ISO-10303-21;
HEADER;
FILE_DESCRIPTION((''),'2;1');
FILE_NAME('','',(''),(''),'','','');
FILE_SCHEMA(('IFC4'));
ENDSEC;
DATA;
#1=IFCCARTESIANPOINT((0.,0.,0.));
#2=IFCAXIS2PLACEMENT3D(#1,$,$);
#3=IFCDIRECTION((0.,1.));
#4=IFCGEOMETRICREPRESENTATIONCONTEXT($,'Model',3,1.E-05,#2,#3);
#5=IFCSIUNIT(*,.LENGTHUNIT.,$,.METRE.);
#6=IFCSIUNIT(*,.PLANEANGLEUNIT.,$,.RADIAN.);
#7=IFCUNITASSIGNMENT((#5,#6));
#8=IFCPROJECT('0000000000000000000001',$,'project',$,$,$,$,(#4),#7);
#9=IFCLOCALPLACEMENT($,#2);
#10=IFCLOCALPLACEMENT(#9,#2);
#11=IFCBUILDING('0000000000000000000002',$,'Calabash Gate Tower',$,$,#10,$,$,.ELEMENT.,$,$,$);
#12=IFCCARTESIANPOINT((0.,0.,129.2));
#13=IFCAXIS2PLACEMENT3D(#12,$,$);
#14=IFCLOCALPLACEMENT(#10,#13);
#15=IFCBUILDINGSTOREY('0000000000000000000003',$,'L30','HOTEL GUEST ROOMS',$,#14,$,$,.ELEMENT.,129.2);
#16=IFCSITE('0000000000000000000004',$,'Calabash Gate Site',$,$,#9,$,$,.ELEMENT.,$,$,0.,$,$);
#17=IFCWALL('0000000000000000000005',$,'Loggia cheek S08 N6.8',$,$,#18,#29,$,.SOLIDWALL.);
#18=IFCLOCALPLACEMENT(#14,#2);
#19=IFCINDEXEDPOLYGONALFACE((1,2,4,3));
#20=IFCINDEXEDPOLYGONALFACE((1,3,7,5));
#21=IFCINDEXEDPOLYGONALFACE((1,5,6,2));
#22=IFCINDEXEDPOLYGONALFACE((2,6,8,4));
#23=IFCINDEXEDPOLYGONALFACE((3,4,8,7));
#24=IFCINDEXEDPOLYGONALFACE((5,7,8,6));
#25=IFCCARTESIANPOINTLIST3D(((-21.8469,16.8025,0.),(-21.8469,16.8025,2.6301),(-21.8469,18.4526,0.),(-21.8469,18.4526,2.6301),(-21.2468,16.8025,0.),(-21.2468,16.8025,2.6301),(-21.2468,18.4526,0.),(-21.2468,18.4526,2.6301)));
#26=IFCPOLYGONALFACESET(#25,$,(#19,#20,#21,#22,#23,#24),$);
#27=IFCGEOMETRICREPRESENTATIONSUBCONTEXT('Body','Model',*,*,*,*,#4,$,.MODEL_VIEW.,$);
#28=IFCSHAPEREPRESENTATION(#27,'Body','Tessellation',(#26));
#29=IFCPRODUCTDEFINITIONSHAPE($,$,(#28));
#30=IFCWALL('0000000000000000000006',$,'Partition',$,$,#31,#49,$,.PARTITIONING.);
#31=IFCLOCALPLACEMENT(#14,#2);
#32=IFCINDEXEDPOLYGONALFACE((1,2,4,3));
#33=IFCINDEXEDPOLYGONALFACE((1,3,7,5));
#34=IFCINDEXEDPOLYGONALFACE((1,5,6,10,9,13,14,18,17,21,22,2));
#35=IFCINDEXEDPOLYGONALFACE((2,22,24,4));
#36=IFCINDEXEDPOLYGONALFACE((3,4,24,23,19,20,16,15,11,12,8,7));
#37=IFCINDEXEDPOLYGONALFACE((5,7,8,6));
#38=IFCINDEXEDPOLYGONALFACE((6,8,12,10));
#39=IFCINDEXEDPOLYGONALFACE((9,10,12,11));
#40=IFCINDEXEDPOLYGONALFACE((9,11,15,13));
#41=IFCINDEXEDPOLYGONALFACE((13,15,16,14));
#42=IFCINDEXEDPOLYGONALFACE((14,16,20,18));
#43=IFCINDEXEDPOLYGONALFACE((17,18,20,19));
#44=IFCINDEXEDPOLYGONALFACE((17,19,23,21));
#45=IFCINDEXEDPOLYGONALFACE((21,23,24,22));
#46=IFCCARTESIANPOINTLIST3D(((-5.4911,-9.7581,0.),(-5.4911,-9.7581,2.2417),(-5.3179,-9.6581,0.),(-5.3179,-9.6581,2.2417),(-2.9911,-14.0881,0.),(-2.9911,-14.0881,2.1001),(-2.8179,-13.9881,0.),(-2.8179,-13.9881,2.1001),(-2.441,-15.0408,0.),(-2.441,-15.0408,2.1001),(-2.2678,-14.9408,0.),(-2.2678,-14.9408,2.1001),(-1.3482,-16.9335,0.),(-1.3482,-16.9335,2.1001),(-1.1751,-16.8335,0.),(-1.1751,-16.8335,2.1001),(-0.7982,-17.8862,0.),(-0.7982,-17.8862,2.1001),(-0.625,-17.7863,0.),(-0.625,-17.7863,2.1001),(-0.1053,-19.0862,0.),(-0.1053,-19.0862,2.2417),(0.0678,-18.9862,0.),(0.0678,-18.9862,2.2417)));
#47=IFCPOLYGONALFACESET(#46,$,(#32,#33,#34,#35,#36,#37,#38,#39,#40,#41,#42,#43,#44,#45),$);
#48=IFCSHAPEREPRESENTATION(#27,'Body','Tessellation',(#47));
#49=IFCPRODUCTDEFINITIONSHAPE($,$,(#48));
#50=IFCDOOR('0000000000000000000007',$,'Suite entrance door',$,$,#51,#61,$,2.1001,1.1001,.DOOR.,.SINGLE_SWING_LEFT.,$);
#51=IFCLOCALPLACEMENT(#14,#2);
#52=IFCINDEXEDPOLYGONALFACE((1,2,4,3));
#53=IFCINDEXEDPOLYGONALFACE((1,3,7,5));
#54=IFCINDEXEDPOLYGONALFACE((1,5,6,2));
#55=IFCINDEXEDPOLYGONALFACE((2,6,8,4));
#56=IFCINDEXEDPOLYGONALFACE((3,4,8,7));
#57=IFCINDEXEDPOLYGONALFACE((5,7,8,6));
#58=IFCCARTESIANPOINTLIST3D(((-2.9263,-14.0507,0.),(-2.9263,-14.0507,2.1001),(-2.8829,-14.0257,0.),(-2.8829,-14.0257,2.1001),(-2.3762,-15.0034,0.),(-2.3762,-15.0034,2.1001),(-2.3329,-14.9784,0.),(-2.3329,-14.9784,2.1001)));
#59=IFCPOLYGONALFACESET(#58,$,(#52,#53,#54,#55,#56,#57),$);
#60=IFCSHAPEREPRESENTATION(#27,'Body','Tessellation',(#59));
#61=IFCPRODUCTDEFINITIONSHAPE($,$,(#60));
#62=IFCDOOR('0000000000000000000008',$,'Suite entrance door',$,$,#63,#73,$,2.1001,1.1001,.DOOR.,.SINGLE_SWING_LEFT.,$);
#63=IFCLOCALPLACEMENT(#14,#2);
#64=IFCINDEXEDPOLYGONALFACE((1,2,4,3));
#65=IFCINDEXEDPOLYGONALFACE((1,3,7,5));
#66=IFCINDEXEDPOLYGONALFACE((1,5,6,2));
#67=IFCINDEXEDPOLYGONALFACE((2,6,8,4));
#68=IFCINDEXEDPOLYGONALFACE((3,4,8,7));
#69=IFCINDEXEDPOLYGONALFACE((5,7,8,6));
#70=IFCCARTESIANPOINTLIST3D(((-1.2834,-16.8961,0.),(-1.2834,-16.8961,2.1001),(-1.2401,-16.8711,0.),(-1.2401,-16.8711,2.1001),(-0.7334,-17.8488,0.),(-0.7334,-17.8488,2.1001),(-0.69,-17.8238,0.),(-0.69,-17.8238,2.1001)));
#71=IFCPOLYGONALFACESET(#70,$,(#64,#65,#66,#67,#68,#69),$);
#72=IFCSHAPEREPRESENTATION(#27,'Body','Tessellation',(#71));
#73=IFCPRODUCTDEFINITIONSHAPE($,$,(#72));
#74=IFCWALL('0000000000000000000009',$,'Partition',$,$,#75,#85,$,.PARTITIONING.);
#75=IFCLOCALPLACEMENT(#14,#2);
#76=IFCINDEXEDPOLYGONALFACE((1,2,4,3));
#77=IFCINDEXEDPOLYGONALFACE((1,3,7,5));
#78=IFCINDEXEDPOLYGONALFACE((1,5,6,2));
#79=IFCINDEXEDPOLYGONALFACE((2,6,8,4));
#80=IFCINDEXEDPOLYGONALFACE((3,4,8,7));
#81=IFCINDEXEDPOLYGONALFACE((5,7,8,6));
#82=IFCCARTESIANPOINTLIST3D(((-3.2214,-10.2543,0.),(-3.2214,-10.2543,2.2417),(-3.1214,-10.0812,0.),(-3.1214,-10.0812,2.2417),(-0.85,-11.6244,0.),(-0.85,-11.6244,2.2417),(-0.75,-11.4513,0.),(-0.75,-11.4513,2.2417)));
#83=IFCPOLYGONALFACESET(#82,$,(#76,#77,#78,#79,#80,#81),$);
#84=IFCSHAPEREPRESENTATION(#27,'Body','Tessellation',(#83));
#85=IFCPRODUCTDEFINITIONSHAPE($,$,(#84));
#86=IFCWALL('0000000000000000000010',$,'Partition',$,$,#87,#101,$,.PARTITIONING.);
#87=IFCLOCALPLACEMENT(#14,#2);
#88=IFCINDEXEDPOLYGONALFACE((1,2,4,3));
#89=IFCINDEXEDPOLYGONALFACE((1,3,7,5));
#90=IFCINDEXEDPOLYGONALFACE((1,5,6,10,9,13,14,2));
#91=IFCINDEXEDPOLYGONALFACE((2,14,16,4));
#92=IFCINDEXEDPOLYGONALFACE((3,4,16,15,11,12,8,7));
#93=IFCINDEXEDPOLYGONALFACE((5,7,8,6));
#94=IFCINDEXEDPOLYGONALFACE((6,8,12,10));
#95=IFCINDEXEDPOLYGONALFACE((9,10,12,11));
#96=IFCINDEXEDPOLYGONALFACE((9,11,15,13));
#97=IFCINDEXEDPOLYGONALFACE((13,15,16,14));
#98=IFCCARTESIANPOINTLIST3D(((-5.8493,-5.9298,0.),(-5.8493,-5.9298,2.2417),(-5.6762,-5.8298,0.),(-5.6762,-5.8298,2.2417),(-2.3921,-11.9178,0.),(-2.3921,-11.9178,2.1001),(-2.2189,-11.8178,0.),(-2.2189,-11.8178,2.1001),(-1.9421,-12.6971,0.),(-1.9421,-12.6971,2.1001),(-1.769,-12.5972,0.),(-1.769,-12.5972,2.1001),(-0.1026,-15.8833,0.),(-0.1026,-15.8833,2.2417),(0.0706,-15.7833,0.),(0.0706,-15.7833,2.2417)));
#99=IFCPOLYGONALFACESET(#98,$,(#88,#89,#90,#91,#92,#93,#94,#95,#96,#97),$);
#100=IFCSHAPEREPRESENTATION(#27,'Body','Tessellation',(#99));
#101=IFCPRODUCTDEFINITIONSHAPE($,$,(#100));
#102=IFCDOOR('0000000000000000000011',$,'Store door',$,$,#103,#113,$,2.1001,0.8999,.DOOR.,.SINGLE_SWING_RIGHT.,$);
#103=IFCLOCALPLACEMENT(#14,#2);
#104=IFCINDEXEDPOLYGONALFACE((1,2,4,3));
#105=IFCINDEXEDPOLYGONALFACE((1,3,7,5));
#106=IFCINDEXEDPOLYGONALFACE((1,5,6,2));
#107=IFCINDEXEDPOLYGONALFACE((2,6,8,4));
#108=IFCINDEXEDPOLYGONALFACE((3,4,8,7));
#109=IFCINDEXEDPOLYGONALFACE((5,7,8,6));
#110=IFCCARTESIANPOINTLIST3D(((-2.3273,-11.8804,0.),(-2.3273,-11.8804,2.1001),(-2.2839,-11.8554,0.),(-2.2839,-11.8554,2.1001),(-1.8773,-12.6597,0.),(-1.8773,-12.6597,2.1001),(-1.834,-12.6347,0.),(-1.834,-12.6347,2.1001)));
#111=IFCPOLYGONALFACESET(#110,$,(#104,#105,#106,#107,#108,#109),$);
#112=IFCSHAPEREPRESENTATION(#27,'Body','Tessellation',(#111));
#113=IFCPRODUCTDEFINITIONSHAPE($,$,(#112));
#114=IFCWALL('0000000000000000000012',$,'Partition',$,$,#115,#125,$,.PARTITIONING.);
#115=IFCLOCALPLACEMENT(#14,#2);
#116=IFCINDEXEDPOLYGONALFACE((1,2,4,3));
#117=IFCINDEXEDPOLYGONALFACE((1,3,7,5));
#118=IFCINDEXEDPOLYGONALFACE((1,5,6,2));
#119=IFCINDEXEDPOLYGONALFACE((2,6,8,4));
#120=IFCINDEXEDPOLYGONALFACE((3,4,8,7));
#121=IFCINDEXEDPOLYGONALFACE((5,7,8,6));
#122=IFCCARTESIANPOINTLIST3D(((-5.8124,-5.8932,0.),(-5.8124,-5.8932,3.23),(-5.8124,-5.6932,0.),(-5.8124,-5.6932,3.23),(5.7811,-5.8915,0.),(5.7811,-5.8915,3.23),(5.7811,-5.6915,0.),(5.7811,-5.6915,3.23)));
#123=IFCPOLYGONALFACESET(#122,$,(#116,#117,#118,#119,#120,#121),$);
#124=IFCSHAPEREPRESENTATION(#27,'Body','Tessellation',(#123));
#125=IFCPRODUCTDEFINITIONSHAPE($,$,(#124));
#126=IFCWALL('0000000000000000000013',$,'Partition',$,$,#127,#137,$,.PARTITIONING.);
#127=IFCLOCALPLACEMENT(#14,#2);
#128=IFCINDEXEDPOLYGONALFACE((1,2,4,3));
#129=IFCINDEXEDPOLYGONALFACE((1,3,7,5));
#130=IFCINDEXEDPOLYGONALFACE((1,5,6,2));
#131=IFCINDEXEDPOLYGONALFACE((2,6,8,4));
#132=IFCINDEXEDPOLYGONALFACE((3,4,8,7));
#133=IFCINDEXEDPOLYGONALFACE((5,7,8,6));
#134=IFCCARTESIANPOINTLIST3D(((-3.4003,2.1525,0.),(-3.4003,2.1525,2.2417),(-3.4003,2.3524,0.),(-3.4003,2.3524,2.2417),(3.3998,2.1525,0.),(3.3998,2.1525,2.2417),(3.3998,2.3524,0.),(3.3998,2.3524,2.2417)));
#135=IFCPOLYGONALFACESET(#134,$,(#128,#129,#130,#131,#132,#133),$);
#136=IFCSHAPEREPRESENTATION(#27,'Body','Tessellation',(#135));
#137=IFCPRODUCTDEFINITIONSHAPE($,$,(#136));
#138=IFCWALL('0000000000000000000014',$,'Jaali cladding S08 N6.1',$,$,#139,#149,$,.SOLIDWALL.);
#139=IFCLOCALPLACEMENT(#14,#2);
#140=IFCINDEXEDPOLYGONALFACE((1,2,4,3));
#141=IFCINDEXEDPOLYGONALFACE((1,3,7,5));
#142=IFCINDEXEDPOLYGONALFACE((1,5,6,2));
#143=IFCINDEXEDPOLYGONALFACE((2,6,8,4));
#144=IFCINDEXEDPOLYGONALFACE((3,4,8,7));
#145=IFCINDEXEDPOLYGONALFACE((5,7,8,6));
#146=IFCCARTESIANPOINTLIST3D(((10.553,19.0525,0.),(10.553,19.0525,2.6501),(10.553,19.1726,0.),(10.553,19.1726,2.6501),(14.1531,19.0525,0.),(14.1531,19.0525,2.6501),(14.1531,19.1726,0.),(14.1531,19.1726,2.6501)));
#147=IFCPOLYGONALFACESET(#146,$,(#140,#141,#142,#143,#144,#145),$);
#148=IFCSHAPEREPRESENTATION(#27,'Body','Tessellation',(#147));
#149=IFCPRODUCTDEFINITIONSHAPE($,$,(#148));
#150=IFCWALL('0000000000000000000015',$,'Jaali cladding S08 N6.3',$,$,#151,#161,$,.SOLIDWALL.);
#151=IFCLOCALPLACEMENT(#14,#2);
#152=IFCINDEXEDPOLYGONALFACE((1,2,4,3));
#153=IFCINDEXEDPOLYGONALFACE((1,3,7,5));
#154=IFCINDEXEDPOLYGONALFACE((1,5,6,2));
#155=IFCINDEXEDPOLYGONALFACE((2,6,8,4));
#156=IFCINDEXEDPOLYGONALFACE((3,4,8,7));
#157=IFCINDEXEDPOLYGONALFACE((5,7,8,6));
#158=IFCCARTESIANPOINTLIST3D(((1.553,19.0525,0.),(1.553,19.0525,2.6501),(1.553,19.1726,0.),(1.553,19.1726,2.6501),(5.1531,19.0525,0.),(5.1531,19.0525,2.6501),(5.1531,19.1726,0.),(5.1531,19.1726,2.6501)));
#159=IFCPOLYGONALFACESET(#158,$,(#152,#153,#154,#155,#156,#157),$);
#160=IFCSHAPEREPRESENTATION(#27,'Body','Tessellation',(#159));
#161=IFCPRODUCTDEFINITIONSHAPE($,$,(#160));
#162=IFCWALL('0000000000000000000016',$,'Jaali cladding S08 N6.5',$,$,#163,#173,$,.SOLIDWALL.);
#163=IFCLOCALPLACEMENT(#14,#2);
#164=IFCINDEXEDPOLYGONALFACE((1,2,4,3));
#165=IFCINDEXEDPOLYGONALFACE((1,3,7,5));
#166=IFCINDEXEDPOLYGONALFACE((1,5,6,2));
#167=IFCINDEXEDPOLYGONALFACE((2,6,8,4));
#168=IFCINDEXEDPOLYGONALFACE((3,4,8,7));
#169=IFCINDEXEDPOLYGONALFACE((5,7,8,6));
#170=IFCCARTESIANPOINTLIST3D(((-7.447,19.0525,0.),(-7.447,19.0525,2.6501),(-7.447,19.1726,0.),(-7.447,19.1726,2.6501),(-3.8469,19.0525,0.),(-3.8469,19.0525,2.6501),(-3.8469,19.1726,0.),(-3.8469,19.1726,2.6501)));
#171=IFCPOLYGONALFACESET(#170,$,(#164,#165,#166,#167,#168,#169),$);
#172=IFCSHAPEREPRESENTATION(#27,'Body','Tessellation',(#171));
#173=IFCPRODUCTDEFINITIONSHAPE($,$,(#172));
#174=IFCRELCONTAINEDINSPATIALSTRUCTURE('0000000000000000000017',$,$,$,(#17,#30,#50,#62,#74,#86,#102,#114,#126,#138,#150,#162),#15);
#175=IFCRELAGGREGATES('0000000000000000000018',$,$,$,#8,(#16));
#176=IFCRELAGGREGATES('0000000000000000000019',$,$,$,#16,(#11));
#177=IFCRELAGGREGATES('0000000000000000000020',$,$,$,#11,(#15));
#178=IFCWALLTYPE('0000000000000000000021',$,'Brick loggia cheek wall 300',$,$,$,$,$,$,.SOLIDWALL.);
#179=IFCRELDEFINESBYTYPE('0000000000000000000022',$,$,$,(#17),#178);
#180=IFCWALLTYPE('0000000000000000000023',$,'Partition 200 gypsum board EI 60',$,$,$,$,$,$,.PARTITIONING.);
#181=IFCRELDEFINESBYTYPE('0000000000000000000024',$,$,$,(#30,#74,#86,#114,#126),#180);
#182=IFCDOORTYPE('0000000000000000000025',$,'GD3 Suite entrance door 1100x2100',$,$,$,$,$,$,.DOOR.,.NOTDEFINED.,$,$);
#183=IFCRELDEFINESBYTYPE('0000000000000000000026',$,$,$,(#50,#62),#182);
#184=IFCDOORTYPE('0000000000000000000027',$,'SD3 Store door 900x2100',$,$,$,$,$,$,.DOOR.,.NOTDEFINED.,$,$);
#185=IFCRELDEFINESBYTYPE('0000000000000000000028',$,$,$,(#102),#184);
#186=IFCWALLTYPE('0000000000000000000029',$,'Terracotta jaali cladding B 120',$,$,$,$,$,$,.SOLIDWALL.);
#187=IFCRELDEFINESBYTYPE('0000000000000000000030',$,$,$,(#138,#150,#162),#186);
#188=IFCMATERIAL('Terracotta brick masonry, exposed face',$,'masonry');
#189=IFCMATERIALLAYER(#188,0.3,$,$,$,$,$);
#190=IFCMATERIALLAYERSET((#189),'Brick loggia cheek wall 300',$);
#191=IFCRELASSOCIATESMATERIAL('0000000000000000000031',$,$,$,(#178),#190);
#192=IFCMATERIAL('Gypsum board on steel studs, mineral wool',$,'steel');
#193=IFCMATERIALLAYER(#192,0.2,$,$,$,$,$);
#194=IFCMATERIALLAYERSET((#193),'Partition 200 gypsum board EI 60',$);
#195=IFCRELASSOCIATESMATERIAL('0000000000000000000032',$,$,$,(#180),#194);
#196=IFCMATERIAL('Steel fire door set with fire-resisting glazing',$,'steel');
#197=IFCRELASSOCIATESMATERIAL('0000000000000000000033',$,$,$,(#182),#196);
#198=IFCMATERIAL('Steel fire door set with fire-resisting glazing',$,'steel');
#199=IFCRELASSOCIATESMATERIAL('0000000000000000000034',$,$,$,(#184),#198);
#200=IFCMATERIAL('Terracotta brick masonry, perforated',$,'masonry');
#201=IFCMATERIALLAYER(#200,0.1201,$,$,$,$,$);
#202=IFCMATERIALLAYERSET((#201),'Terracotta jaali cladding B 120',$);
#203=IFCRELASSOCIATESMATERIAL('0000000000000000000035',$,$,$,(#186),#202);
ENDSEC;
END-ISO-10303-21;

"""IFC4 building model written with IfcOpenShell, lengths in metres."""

from ifc_helpers import new_model, si_unit, direction, frame, frame_2d, origin, place, context, subcontext, project, spatial, polyline, rectangle, outline, extrude, material, layer, layer_set, type_object, element, fill, save


model = new_model("IFC4")

# Units and contexts
model_context = context("Model", 3, precision=1e-05, world=origin(), true_north=direction((0.0, 1.0)))
body_context = subcontext(model_context, "Body", "Model", "MODEL_VIEW")
ifc_project = project(units=[si_unit("LENGTHUNIT", "METRE"), si_unit("PLANEANGLEUNIT", "RADIAN")], contexts=[model_context])

# Site, building, storey
site_placement = place(None, origin())
site = spatial("IfcSite", under=ifc_project, at=site_placement, Name="Calabash Gate Site", CompositionType="ELEMENT", RefElevation=0.0)
building_placement = place(site_placement, origin())
building = spatial("IfcBuilding", under=site, at=building_placement, Name="Calabash Gate Tower", CompositionType="ELEMENT")
storey_placement = place(building_placement, frame((0.0, 0.0, 129.2)))
storey = spatial("IfcBuildingStorey", under=building, at=storey_placement, Name="L30", Description="HOTEL GUEST ROOMS", CompositionType="ELEMENT", Elevation=129.2)

# Wall
ifc_material_1 = material(Name="Terracotta brick masonry, exposed face", Category="masonry")
ifc_layer_1 = layer(ifc_material_1, 0.3)
ifc_layer_set_1 = layer_set([ifc_layer_1], Name="Brick loggia cheek wall 300")
wall_type_1 = type_object("IfcWallType", Name="Brick loggia cheek wall 300", PredefinedType="SOLIDWALL", material=ifc_layer_set_1)
wall_1_placement = place(storey_placement, origin())
element("IfcWall", 1, at=wall_1_placement, inside=storey, type_object=wall_type_1, Name="Loggia cheek S08 N6.8", PredefinedType="SOLIDWALL", context=body_context, shape_type="SweptSolid", body=[
    extrude(outline(polyline([(-21.8469, 18.4526), (-21.8469, 16.8025), (-21.2468, 16.8025), (-21.2468, 18.4526), (-21.8469, 18.4526)])), origin(), (0.0, 0.0, 1.0), 2.6301),
])

# Wall, openings, doors
ifc_material_2 = material(Name="Gypsum board on steel studs, mineral wool", Category="steel")
ifc_layer_2 = layer(ifc_material_2, 0.2)
ifc_layer_set_2 = layer_set([ifc_layer_2], Name="Partition 200 gypsum board EI 60")
wall_type_2 = type_object("IfcWallType", Name="Partition 200 gypsum board EI 60", PredefinedType="PARTITIONING", material=ifc_layer_set_2)
wall_2_placement = place(storey_placement, frame((-5.4045, -9.708, 0.0), z_axis=(0.0, 0.0, 1.0), x_axis=(0.50001, -0.86602, 0.0)))
wall_2 = element("IfcWall", 2, at=wall_2_placement, inside=storey, type_object=wall_type_2, Name="Partition", PredefinedType="PARTITIONING", context=body_context, shape_type="SweptSolid", body=[
    extrude(rectangle(XDim=10.7712, YDim=0.2, at=frame_2d((5.3857, 0.0))), origin(), (0.0, 0.0, 1.0), 2.2417),
])
opening_1_placement = place(wall_2_placement, frame((5.0, 0.0, 0.0)))
opening_1 = element("IfcOpeningElement", 3, at=opening_1_placement, cuts=wall_2, PredefinedType="OPENING", context=body_context, shape_type="SweptSolid", body=[
    extrude(rectangle(XDim=1.1001, YDim=2.1001, at=frame_2d((0.55, 1.05))), frame((0.0, 0.1099, 0.0), z_axis=(0.0, -1.0, 0.0), x_axis=(1.0, 0.0, 0.0)), (0.0, 0.0, 1.0), 0.22),
])
opening_2_placement = place(wall_2_placement, frame((8.2856, 0.0, 0.0)))
opening_2 = element("IfcOpeningElement", 4, at=opening_2_placement, cuts=wall_2, PredefinedType="OPENING", context=body_context, shape_type="SweptSolid", body=[
    extrude(rectangle(XDim=1.1001, YDim=2.1001, at=frame_2d((0.55, 1.05))), frame((0.0, 0.1099, 0.0), z_axis=(0.0, -1.0, 0.0), x_axis=(1.0, 0.0, 0.0)), (0.0, 0.0, 1.0), 0.22),
])
ifc_material_3 = material(Name="Steel fire door set with fire-resisting glazing", Category="steel")
door_type_1 = type_object("IfcDoorType", Name="GD3 Suite entrance door 1100x2100", OperationType="NOTDEFINED", PredefinedType="DOOR", material=ifc_material_3)
door_1_placement = place(opening_1_placement, origin())
door_1 = element("IfcDoor", 5, at=door_1_placement, inside=storey, type_object=door_type_1, Name="Suite entrance door", OperationType="SINGLE_SWING_LEFT", OverallHeight=2.1001, OverallWidth=1.1001, PredefinedType="DOOR", context=body_context, shape_type="SweptSolid", body=[
    extrude(rectangle(XDim=1.1001, YDim=2.1001, at=frame_2d((0.55, 1.05))), frame((0.0, 0.0249, 0.0), z_axis=(0.0, -1.0, 0.0), x_axis=(1.0, 0.0, 0.0)), (0.0, 0.0, 1.0), 0.05),
])
fill(opening_1, door_1)
door_2_placement = place(opening_2_placement, origin())
door_2 = element("IfcDoor", 6, at=door_2_placement, inside=storey, type_object=door_type_1, Name="Suite entrance door", OperationType="SINGLE_SWING_LEFT", OverallHeight=2.1001, OverallWidth=1.1001, PredefinedType="DOOR", context=body_context, shape_type="SweptSolid", body=[
    extrude(rectangle(XDim=1.1001, YDim=2.1001, at=frame_2d((0.55, 1.05))), frame((0.0, 0.0249, 0.0), z_axis=(0.0, -1.0, 0.0), x_axis=(1.0, 0.0, 0.0)), (0.0, 0.0, 1.0), 0.05),
])
fill(opening_2, door_2)

# Wall
wall_3_placement = place(storey_placement, frame((-3.1714, -10.1677, 0.0), z_axis=(0.0, 0.0, 1.0), x_axis=(0.865863, -0.500281, 0.0)))
element("IfcWall", 7, at=wall_3_placement, inside=storey, type_object=wall_type_2, Name="Partition", PredefinedType="PARTITIONING", context=body_context, shape_type="SweptSolid", body=[
    extrude(rectangle(XDim=2.7388, YDim=0.2, at=frame_2d((1.3694, 0.0))), origin(), (0.0, 0.0, 1.0), 2.2417),
])

# Wall, opening, door
wall_4_placement = place(storey_placement, frame((-5.7627, -5.8799, 0.0), z_axis=(0.0, 0.0, 1.0), x_axis=(0.500007, -0.866021, 0.0)))
wall_4 = element("IfcWall", 8, at=wall_4_placement, inside=storey, type_object=wall_type_2, Name="Partition", PredefinedType="PARTITIONING", context=body_context, shape_type="SweptSolid", body=[
    extrude(rectangle(XDim=11.4934, YDim=0.2, at=frame_2d((5.7466, 0.0))), origin(), (0.0, 0.0, 1.0), 2.2417),
])
opening_3_placement = place(wall_4_placement, frame((6.9143, 0.0, 0.0)))
opening_3 = element("IfcOpeningElement", 9, at=opening_3_placement, cuts=wall_4, PredefinedType="OPENING", context=body_context, shape_type="SweptSolid", body=[
    extrude(rectangle(XDim=0.8999, YDim=2.1001, at=frame_2d((0.45, 1.05))), frame((0.0, 0.1099, 0.0), z_axis=(0.0, -1.0, 0.0), x_axis=(1.0, 0.0, 0.0)), (0.0, 0.0, 1.0), 0.22),
])
ifc_material_4 = material(Name="Steel fire door set with fire-resisting glazing", Category="steel")
door_type_2 = type_object("IfcDoorType", Name="SD3 Store door 900x2100", OperationType="NOTDEFINED", PredefinedType="DOOR", material=ifc_material_4)
door_3_placement = place(opening_3_placement, origin())
door_3 = element("IfcDoor", 10, at=door_3_placement, inside=storey, type_object=door_type_2, Name="Store door", OperationType="SINGLE_SWING_RIGHT", OverallHeight=2.1001, OverallWidth=0.8999, PredefinedType="DOOR", context=body_context, shape_type="SweptSolid", body=[
    extrude(rectangle(XDim=0.8999, YDim=2.1001, at=frame_2d((0.45, 1.05))), frame((0.0, 0.0249, 0.0), z_axis=(0.0, -1.0, 0.0), x_axis=(1.0, 0.0, 0.0)), (0.0, 0.0, 1.0), 0.05),
])
fill(opening_3, door_3)

# Walls
wall_5_placement = place(storey_placement, frame((-5.8125, -5.7932, 0.0), z_axis=(0.0, 0.0, 1.0), x_axis=(1.0, 0.000147, 0.0)))
element("IfcWall", 11, at=wall_5_placement, inside=storey, type_object=wall_type_2, Name="Partition", PredefinedType="PARTITIONING", context=body_context, shape_type="SweptSolid", body=[
    extrude(rectangle(XDim=11.5935, YDim=0.2, at=frame_2d((5.7969, 0.0))), origin(), (0.0, 0.0, 1.0), 3.23),
])
wall_6_placement = place(storey_placement, frame((-3.4001, 2.2524, 0.0), z_axis=(0.0, 0.0, 1.0), x_axis=(1.0, 0.0, 0.0)))
element("IfcWall", 12, at=wall_6_placement, inside=storey, type_object=wall_type_2, Name="Partition", PredefinedType="PARTITIONING", context=body_context, shape_type="SweptSolid", body=[
    extrude(rectangle(XDim=6.8, YDim=0.2, at=frame_2d((3.3999, 0.0))), origin(), (0.0, 0.0, 1.0), 2.2417),
])
ifc_material_5 = material(Name="Terracotta brick masonry, perforated", Category="masonry")
ifc_layer_3 = layer(ifc_material_5, 0.1201)
ifc_layer_set_3 = layer_set([ifc_layer_3], Name="Terracotta jaali cladding B 120")
wall_type_3 = type_object("IfcWallType", Name="Terracotta jaali cladding B 120", PredefinedType="SOLIDWALL", material=ifc_layer_set_3)
wall_7_placement = place(storey_placement, origin())
element("IfcWall", 13, at=wall_7_placement, inside=storey, type_object=wall_type_3, Name="Jaali cladding S08 N6.1", PredefinedType="SOLIDWALL", context=body_context, shape_type="SweptSolid", body=[
    extrude(outline(polyline([(10.553, 19.1726), (10.553, 19.0525), (14.1531, 19.0525), (14.1531, 19.1726), (10.553, 19.1726)])), origin(), (0.0, 0.0, 1.0), 2.6501),
])
wall_8_placement = place(storey_placement, origin())
element("IfcWall", 14, at=wall_8_placement, inside=storey, type_object=wall_type_3, Name="Jaali cladding S08 N6.3", PredefinedType="SOLIDWALL", context=body_context, shape_type="SweptSolid", body=[
    extrude(outline(polyline([(1.553, 19.1726), (1.553, 19.0525), (5.1531, 19.0525), (5.1531, 19.1726), (1.553, 19.1726)])), origin(), (0.0, 0.0, 1.0), 2.6501),
])
wall_9_placement = place(storey_placement, origin())
element("IfcWall", 15, at=wall_9_placement, inside=storey, type_object=wall_type_3, Name="Jaali cladding S08 N6.5", PredefinedType="SOLIDWALL", context=body_context, shape_type="SweptSolid", body=[
    extrude(outline(polyline([(-7.447, 19.1726), (-7.447, 19.0525), (-3.8469, 19.0525), (-3.8469, 19.1726), (-7.447, 19.1726)])), origin(), (0.0, 0.0, 1.0), 2.6501),
])

save(model, "model.ifc")
